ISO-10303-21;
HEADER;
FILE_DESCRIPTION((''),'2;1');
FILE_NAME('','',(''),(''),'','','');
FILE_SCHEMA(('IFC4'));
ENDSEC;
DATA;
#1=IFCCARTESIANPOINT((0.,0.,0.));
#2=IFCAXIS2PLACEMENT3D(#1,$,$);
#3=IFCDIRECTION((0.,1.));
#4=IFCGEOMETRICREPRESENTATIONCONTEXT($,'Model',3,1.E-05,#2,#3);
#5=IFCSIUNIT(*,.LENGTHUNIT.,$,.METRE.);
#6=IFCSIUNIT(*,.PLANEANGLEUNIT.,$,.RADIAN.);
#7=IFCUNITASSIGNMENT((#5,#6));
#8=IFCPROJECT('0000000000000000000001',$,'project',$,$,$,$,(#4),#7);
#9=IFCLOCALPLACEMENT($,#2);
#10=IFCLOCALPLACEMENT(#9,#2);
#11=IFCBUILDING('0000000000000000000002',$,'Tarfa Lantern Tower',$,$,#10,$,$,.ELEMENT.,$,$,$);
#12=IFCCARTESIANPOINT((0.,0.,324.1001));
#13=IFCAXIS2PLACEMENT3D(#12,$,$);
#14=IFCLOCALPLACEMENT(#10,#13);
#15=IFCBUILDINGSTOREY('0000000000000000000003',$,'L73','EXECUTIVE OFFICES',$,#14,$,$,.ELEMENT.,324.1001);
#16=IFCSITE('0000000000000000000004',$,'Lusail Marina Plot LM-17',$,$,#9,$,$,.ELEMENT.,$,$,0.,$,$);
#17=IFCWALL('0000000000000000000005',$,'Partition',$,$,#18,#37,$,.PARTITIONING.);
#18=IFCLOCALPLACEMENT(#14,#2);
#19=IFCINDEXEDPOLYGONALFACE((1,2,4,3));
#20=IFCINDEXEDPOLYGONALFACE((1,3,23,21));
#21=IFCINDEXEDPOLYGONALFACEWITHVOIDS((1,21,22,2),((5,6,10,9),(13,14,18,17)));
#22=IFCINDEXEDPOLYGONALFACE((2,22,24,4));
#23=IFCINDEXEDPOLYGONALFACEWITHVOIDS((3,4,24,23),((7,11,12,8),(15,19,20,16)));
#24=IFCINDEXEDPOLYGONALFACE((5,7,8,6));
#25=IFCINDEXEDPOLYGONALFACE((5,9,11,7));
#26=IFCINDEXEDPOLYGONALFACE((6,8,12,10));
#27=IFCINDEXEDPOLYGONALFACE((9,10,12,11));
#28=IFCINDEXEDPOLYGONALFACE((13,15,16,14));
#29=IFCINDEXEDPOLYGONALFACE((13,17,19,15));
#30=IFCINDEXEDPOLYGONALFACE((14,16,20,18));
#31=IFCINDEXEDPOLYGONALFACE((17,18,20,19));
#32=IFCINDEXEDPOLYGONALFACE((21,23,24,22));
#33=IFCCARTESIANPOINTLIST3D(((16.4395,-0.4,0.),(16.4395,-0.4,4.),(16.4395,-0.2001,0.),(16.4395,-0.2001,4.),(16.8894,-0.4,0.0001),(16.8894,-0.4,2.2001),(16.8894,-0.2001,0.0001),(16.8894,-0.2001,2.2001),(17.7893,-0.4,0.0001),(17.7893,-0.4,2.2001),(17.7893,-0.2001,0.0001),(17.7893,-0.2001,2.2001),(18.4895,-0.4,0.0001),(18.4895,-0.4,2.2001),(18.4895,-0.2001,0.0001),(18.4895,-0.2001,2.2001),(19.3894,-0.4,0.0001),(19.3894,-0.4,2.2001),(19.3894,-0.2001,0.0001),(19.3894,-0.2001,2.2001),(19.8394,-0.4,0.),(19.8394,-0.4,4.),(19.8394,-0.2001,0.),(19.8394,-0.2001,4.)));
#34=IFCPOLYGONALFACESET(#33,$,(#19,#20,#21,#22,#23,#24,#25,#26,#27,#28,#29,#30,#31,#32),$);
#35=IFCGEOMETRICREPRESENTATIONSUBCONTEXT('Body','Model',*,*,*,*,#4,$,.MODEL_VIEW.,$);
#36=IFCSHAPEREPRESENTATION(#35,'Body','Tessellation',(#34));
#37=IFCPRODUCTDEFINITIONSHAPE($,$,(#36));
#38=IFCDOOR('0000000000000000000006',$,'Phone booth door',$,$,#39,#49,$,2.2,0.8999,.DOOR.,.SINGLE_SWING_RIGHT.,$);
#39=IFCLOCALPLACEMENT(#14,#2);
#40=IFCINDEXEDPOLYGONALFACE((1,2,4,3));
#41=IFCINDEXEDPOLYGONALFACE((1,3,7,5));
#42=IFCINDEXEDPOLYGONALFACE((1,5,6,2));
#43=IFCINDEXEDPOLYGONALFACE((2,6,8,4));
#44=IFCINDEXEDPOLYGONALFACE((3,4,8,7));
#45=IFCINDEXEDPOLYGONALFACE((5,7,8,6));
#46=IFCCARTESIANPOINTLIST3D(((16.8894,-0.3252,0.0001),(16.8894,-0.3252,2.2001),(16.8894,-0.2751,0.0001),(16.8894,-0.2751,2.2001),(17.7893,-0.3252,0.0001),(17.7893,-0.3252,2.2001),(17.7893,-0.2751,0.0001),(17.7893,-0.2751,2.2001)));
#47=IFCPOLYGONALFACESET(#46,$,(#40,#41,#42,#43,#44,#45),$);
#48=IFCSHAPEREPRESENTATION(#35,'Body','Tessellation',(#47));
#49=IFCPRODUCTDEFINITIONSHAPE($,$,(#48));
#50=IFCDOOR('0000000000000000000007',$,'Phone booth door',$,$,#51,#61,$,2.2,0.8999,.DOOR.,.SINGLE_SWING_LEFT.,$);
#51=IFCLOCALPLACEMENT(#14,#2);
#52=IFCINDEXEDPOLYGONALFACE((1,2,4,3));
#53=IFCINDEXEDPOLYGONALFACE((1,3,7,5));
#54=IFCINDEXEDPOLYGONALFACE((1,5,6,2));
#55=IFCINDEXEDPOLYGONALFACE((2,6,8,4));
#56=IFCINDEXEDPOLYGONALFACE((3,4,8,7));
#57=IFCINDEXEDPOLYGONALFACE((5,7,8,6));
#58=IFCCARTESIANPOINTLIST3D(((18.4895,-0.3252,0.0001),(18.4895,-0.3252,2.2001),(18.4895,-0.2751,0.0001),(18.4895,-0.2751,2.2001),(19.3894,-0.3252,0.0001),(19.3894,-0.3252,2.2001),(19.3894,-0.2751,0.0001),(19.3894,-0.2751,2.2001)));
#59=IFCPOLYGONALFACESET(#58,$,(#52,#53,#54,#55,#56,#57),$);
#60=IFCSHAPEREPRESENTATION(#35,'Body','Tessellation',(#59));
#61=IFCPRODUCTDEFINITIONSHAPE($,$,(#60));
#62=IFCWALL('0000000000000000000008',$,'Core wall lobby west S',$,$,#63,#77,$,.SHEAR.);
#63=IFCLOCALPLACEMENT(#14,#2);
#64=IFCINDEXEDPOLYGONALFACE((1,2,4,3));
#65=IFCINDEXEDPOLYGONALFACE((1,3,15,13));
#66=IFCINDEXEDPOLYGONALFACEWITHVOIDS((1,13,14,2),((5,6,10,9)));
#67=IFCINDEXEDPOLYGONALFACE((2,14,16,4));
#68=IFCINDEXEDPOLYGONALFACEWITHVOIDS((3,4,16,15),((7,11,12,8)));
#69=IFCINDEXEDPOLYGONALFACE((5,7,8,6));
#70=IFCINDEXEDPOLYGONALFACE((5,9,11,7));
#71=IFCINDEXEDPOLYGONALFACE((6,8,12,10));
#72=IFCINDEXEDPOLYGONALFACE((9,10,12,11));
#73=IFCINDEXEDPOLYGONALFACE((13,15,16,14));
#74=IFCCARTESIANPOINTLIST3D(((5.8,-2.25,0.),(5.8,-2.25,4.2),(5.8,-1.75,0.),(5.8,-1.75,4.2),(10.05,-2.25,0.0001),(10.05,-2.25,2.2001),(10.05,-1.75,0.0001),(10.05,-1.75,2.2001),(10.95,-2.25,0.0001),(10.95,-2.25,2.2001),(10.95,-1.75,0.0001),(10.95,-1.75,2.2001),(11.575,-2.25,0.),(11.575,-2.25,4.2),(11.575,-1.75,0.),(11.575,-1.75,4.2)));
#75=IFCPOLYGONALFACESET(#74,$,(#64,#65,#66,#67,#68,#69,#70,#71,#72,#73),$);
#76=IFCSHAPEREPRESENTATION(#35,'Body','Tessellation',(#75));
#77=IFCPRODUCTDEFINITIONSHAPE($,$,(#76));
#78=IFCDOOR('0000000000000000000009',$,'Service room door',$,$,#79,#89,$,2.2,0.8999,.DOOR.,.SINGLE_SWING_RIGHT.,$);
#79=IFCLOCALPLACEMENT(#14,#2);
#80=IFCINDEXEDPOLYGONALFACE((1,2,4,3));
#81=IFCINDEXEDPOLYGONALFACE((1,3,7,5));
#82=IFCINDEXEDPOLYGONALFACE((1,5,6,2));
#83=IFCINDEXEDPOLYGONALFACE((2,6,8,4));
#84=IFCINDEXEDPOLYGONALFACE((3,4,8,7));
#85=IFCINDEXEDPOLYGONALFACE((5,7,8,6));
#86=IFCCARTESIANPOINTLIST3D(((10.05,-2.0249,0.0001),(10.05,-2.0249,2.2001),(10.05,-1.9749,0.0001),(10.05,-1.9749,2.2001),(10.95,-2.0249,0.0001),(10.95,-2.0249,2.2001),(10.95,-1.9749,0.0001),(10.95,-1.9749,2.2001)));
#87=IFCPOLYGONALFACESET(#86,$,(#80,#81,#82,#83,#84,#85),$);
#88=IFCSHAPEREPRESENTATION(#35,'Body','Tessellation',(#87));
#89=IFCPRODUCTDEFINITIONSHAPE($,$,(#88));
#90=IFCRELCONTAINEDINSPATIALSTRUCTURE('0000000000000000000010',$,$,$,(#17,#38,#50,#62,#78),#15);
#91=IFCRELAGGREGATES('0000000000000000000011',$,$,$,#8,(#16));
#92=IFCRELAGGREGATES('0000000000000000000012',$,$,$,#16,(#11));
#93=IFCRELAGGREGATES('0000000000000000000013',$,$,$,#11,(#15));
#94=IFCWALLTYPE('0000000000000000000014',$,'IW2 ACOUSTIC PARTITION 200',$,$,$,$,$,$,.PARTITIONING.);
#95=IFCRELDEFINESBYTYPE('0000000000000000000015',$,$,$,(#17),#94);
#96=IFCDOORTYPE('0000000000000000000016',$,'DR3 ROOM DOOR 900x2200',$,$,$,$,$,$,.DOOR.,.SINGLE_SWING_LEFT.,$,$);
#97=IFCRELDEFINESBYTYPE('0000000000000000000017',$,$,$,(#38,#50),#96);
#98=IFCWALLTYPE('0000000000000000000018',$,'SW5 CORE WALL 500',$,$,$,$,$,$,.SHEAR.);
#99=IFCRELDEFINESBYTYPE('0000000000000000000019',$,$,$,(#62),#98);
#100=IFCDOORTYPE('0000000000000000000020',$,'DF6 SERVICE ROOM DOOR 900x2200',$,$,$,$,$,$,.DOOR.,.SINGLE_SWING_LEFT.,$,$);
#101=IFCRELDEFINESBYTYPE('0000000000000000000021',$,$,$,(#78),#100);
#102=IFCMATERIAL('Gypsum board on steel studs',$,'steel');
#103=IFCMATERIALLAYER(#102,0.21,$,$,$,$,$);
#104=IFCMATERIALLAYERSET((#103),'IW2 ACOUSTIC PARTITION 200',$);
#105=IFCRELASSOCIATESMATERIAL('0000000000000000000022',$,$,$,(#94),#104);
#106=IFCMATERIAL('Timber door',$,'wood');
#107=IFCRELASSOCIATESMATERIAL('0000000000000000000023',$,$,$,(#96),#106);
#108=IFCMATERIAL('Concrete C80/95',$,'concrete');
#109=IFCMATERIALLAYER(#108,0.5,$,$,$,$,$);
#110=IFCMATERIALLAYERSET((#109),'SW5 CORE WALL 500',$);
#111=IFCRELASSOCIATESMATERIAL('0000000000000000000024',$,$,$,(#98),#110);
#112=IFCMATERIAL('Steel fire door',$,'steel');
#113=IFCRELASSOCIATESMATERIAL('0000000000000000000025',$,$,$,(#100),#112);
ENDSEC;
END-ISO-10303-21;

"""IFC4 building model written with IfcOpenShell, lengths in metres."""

from ifc_helpers import new_model, si_unit, direction, frame, frame_2d, origin, place, context, subcontext, project, spatial, rectangle, extrude, material, layer, layer_set, type_object, element, fill, save


model = new_model("IFC4")

# Units and contexts
model_context = context("Model", 3, precision=1e-05, world=origin(), true_north=direction((0.0, 1.0)))
body_context = subcontext(model_context, "Body", "Model", "MODEL_VIEW")
ifc_project = project(units=[si_unit("LENGTHUNIT", "METRE"), si_unit("PLANEANGLEUNIT", "RADIAN")], contexts=[model_context])

# Site, building, storey
site_placement = place(None, origin())
site = spatial("IfcSite", under=ifc_project, at=site_placement, Name="Lusail Marina Plot LM-17", CompositionType="ELEMENT", RefElevation=0.0)
building_placement = place(site_placement, origin())
building = spatial("IfcBuilding", under=site, at=building_placement, Name="Tarfa Lantern Tower", CompositionType="ELEMENT")
storey_placement = place(building_placement, frame((0.0, 0.0, 324.1001)))
storey = spatial("IfcBuildingStorey", under=building, at=storey_placement, Name="L73", Description="EXECUTIVE OFFICES", CompositionType="ELEMENT", Elevation=324.1001)

# Shared definitions
ifc_material_1 = material(Name="Gypsum board on steel studs", Category="steel")
ifc_layer_1 = layer(ifc_material_1, 0.21)
ifc_layer_set_1 = layer_set([ifc_layer_1], Name="IW2 ACOUSTIC PARTITION 200")
wall_type_1 = type_object("IfcWallType", Name="IW2 ACOUSTIC PARTITION 200", PredefinedType="PARTITIONING", material=ifc_layer_set_1)
ifc_material_2 = material(Name="Timber door", Category="wood")

# Wall, openings, doors
wall_1_placement = place(storey_placement, frame((16.4395, -0.3, 0.0), z_axis=(0.0, 0.0, 1.0), x_axis=(1.0, 0.0, 0.0)))
wall_1 = element("IfcWall", 1, at=wall_1_placement, inside=storey, type_object=wall_type_1, Name="Partition", PredefinedType="PARTITIONING", context=body_context, shape_type="SweptSolid", body=[
    extrude(rectangle(XDim=3.3999, YDim=0.2, at=frame_2d((1.7, 0.0))), origin(), (0.0, 0.0, 1.0), 4.0),
])
opening_1_placement = place(wall_1_placement, frame((0.45, 0.0, 0.0)))
opening_1 = element("IfcOpeningElement", 2, at=opening_1_placement, cuts=wall_1, PredefinedType="OPENING", context=body_context, shape_type="SweptSolid", body=[
    extrude(rectangle(XDim=0.8999, YDim=2.2, at=frame_2d((0.45, 1.1001))), frame((0.0, 0.1099, 0.0), z_axis=(0.0, -1.0, 0.0), x_axis=(1.0, 0.0, 0.0)), (0.0, 0.0, 1.0), 0.22),
])
opening_2_placement = place(wall_1_placement, frame((2.05, 0.0, 0.0)))
opening_2 = element("IfcOpeningElement", 3, at=opening_2_placement, cuts=wall_1, PredefinedType="OPENING", context=body_context, shape_type="SweptSolid", body=[
    extrude(rectangle(XDim=0.8999, YDim=2.2, at=frame_2d((0.45, 1.1001))), frame((0.0, 0.1099, 0.0), z_axis=(0.0, -1.0, 0.0), x_axis=(1.0, 0.0, 0.0)), (0.0, 0.0, 1.0), 0.22),
])
door_type_1 = type_object("IfcDoorType", Name="DR3 ROOM DOOR 900x2200", OperationType="SINGLE_SWING_LEFT", PredefinedType="DOOR", material=ifc_material_2)
door_1_placement = place(opening_1_placement, origin())
door_1 = element("IfcDoor", 4, at=door_1_placement, inside=storey, type_object=door_type_1, Name="Phone booth door", OperationType="SINGLE_SWING_RIGHT", OverallHeight=2.2, OverallWidth=0.8999, PredefinedType="DOOR", context=body_context, shape_type="SweptSolid", body=[
    extrude(rectangle(XDim=0.8999, YDim=2.2, at=frame_2d((0.45, 1.1001))), frame((0.0, 0.0249, 0.0), z_axis=(0.0, -1.0, 0.0), x_axis=(1.0, 0.0, 0.0)), (0.0, 0.0, 1.0), 0.05),
])
fill(opening_1, door_1)
door_2_placement = place(opening_2_placement, origin())
door_2 = element("IfcDoor", 5, at=door_2_placement, inside=storey, type_object=door_type_1, Name="Phone booth door", OperationType="SINGLE_SWING_LEFT", OverallHeight=2.2, OverallWidth=0.8999, PredefinedType="DOOR", context=body_context, shape_type="SweptSolid", body=[
    extrude(rectangle(XDim=0.8999, YDim=2.2, at=frame_2d((0.45, 1.1001))), frame((0.0, 0.0249, 0.0), z_axis=(0.0, -1.0, 0.0), x_axis=(1.0, 0.0, 0.0)), (0.0, 0.0, 1.0), 0.05),
])
fill(opening_2, door_2)

# Wall, opening, door
ifc_material_3 = material(Name="Concrete C80/95", Category="concrete")
ifc_material_4 = material(Name="Steel fire door", Category="steel")
ifc_layer_2 = layer(ifc_material_3, 0.5)
ifc_layer_set_2 = layer_set([ifc_layer_2], Name="SW5 CORE WALL 500")
wall_type_2 = type_object("IfcWallType", Name="SW5 CORE WALL 500", PredefinedType="SHEAR", material=ifc_layer_set_2)
wall_2_placement = place(storey_placement, frame((11.575, -2.0, 0.0), z_axis=(0.0, 0.0, 1.0), x_axis=(-1.0, 0.0, 0.0)))
wall_2 = element("IfcWall", 6, at=wall_2_placement, inside=storey, type_object=wall_type_2, Name="Core wall lobby west S", PredefinedType="SHEAR", context=body_context, shape_type="SweptSolid", body=[
    extrude(rectangle(XDim=5.7749, YDim=0.5, at=frame_2d((2.8875, 0.0))), origin(), (0.0, 0.0, 1.0), 4.2),
])
opening_3_placement = place(wall_2_placement, frame((0.625, 0.0, 0.0)))
opening_3 = element("IfcOpeningElement", 7, at=opening_3_placement, cuts=wall_2, PredefinedType="OPENING", context=body_context, shape_type="SweptSolid", body=[
    extrude(rectangle(XDim=0.8999, YDim=2.2, at=frame_2d((0.45, 1.1001))), frame((0.0, 0.26, 0.0), z_axis=(0.0, -1.0, 0.0), x_axis=(1.0, 0.0, 0.0)), (0.0, 0.0, 1.0), 0.52),
])
door_type_2 = type_object("IfcDoorType", Name="DF6 SERVICE ROOM DOOR 900x2200", OperationType="SINGLE_SWING_LEFT", PredefinedType="DOOR", material=ifc_material_4)
door_3_placement = place(opening_3_placement, origin())
door_3 = element("IfcDoor", 8, at=door_3_placement, inside=storey, type_object=door_type_2, Name="Service room door", OperationType="SINGLE_SWING_RIGHT", OverallHeight=2.2, OverallWidth=0.8999, PredefinedType="DOOR", context=body_context, shape_type="SweptSolid", body=[
    extrude(rectangle(XDim=0.8999, YDim=2.2, at=frame_2d((0.45, 1.1001))), frame((0.0, 0.0249, 0.0), z_axis=(0.0, -1.0, 0.0), x_axis=(1.0, 0.0, 0.0)), (0.0, 0.0, 1.0), 0.05),
])
fill(opening_3, door_3)

save(model, "model.ifc")
